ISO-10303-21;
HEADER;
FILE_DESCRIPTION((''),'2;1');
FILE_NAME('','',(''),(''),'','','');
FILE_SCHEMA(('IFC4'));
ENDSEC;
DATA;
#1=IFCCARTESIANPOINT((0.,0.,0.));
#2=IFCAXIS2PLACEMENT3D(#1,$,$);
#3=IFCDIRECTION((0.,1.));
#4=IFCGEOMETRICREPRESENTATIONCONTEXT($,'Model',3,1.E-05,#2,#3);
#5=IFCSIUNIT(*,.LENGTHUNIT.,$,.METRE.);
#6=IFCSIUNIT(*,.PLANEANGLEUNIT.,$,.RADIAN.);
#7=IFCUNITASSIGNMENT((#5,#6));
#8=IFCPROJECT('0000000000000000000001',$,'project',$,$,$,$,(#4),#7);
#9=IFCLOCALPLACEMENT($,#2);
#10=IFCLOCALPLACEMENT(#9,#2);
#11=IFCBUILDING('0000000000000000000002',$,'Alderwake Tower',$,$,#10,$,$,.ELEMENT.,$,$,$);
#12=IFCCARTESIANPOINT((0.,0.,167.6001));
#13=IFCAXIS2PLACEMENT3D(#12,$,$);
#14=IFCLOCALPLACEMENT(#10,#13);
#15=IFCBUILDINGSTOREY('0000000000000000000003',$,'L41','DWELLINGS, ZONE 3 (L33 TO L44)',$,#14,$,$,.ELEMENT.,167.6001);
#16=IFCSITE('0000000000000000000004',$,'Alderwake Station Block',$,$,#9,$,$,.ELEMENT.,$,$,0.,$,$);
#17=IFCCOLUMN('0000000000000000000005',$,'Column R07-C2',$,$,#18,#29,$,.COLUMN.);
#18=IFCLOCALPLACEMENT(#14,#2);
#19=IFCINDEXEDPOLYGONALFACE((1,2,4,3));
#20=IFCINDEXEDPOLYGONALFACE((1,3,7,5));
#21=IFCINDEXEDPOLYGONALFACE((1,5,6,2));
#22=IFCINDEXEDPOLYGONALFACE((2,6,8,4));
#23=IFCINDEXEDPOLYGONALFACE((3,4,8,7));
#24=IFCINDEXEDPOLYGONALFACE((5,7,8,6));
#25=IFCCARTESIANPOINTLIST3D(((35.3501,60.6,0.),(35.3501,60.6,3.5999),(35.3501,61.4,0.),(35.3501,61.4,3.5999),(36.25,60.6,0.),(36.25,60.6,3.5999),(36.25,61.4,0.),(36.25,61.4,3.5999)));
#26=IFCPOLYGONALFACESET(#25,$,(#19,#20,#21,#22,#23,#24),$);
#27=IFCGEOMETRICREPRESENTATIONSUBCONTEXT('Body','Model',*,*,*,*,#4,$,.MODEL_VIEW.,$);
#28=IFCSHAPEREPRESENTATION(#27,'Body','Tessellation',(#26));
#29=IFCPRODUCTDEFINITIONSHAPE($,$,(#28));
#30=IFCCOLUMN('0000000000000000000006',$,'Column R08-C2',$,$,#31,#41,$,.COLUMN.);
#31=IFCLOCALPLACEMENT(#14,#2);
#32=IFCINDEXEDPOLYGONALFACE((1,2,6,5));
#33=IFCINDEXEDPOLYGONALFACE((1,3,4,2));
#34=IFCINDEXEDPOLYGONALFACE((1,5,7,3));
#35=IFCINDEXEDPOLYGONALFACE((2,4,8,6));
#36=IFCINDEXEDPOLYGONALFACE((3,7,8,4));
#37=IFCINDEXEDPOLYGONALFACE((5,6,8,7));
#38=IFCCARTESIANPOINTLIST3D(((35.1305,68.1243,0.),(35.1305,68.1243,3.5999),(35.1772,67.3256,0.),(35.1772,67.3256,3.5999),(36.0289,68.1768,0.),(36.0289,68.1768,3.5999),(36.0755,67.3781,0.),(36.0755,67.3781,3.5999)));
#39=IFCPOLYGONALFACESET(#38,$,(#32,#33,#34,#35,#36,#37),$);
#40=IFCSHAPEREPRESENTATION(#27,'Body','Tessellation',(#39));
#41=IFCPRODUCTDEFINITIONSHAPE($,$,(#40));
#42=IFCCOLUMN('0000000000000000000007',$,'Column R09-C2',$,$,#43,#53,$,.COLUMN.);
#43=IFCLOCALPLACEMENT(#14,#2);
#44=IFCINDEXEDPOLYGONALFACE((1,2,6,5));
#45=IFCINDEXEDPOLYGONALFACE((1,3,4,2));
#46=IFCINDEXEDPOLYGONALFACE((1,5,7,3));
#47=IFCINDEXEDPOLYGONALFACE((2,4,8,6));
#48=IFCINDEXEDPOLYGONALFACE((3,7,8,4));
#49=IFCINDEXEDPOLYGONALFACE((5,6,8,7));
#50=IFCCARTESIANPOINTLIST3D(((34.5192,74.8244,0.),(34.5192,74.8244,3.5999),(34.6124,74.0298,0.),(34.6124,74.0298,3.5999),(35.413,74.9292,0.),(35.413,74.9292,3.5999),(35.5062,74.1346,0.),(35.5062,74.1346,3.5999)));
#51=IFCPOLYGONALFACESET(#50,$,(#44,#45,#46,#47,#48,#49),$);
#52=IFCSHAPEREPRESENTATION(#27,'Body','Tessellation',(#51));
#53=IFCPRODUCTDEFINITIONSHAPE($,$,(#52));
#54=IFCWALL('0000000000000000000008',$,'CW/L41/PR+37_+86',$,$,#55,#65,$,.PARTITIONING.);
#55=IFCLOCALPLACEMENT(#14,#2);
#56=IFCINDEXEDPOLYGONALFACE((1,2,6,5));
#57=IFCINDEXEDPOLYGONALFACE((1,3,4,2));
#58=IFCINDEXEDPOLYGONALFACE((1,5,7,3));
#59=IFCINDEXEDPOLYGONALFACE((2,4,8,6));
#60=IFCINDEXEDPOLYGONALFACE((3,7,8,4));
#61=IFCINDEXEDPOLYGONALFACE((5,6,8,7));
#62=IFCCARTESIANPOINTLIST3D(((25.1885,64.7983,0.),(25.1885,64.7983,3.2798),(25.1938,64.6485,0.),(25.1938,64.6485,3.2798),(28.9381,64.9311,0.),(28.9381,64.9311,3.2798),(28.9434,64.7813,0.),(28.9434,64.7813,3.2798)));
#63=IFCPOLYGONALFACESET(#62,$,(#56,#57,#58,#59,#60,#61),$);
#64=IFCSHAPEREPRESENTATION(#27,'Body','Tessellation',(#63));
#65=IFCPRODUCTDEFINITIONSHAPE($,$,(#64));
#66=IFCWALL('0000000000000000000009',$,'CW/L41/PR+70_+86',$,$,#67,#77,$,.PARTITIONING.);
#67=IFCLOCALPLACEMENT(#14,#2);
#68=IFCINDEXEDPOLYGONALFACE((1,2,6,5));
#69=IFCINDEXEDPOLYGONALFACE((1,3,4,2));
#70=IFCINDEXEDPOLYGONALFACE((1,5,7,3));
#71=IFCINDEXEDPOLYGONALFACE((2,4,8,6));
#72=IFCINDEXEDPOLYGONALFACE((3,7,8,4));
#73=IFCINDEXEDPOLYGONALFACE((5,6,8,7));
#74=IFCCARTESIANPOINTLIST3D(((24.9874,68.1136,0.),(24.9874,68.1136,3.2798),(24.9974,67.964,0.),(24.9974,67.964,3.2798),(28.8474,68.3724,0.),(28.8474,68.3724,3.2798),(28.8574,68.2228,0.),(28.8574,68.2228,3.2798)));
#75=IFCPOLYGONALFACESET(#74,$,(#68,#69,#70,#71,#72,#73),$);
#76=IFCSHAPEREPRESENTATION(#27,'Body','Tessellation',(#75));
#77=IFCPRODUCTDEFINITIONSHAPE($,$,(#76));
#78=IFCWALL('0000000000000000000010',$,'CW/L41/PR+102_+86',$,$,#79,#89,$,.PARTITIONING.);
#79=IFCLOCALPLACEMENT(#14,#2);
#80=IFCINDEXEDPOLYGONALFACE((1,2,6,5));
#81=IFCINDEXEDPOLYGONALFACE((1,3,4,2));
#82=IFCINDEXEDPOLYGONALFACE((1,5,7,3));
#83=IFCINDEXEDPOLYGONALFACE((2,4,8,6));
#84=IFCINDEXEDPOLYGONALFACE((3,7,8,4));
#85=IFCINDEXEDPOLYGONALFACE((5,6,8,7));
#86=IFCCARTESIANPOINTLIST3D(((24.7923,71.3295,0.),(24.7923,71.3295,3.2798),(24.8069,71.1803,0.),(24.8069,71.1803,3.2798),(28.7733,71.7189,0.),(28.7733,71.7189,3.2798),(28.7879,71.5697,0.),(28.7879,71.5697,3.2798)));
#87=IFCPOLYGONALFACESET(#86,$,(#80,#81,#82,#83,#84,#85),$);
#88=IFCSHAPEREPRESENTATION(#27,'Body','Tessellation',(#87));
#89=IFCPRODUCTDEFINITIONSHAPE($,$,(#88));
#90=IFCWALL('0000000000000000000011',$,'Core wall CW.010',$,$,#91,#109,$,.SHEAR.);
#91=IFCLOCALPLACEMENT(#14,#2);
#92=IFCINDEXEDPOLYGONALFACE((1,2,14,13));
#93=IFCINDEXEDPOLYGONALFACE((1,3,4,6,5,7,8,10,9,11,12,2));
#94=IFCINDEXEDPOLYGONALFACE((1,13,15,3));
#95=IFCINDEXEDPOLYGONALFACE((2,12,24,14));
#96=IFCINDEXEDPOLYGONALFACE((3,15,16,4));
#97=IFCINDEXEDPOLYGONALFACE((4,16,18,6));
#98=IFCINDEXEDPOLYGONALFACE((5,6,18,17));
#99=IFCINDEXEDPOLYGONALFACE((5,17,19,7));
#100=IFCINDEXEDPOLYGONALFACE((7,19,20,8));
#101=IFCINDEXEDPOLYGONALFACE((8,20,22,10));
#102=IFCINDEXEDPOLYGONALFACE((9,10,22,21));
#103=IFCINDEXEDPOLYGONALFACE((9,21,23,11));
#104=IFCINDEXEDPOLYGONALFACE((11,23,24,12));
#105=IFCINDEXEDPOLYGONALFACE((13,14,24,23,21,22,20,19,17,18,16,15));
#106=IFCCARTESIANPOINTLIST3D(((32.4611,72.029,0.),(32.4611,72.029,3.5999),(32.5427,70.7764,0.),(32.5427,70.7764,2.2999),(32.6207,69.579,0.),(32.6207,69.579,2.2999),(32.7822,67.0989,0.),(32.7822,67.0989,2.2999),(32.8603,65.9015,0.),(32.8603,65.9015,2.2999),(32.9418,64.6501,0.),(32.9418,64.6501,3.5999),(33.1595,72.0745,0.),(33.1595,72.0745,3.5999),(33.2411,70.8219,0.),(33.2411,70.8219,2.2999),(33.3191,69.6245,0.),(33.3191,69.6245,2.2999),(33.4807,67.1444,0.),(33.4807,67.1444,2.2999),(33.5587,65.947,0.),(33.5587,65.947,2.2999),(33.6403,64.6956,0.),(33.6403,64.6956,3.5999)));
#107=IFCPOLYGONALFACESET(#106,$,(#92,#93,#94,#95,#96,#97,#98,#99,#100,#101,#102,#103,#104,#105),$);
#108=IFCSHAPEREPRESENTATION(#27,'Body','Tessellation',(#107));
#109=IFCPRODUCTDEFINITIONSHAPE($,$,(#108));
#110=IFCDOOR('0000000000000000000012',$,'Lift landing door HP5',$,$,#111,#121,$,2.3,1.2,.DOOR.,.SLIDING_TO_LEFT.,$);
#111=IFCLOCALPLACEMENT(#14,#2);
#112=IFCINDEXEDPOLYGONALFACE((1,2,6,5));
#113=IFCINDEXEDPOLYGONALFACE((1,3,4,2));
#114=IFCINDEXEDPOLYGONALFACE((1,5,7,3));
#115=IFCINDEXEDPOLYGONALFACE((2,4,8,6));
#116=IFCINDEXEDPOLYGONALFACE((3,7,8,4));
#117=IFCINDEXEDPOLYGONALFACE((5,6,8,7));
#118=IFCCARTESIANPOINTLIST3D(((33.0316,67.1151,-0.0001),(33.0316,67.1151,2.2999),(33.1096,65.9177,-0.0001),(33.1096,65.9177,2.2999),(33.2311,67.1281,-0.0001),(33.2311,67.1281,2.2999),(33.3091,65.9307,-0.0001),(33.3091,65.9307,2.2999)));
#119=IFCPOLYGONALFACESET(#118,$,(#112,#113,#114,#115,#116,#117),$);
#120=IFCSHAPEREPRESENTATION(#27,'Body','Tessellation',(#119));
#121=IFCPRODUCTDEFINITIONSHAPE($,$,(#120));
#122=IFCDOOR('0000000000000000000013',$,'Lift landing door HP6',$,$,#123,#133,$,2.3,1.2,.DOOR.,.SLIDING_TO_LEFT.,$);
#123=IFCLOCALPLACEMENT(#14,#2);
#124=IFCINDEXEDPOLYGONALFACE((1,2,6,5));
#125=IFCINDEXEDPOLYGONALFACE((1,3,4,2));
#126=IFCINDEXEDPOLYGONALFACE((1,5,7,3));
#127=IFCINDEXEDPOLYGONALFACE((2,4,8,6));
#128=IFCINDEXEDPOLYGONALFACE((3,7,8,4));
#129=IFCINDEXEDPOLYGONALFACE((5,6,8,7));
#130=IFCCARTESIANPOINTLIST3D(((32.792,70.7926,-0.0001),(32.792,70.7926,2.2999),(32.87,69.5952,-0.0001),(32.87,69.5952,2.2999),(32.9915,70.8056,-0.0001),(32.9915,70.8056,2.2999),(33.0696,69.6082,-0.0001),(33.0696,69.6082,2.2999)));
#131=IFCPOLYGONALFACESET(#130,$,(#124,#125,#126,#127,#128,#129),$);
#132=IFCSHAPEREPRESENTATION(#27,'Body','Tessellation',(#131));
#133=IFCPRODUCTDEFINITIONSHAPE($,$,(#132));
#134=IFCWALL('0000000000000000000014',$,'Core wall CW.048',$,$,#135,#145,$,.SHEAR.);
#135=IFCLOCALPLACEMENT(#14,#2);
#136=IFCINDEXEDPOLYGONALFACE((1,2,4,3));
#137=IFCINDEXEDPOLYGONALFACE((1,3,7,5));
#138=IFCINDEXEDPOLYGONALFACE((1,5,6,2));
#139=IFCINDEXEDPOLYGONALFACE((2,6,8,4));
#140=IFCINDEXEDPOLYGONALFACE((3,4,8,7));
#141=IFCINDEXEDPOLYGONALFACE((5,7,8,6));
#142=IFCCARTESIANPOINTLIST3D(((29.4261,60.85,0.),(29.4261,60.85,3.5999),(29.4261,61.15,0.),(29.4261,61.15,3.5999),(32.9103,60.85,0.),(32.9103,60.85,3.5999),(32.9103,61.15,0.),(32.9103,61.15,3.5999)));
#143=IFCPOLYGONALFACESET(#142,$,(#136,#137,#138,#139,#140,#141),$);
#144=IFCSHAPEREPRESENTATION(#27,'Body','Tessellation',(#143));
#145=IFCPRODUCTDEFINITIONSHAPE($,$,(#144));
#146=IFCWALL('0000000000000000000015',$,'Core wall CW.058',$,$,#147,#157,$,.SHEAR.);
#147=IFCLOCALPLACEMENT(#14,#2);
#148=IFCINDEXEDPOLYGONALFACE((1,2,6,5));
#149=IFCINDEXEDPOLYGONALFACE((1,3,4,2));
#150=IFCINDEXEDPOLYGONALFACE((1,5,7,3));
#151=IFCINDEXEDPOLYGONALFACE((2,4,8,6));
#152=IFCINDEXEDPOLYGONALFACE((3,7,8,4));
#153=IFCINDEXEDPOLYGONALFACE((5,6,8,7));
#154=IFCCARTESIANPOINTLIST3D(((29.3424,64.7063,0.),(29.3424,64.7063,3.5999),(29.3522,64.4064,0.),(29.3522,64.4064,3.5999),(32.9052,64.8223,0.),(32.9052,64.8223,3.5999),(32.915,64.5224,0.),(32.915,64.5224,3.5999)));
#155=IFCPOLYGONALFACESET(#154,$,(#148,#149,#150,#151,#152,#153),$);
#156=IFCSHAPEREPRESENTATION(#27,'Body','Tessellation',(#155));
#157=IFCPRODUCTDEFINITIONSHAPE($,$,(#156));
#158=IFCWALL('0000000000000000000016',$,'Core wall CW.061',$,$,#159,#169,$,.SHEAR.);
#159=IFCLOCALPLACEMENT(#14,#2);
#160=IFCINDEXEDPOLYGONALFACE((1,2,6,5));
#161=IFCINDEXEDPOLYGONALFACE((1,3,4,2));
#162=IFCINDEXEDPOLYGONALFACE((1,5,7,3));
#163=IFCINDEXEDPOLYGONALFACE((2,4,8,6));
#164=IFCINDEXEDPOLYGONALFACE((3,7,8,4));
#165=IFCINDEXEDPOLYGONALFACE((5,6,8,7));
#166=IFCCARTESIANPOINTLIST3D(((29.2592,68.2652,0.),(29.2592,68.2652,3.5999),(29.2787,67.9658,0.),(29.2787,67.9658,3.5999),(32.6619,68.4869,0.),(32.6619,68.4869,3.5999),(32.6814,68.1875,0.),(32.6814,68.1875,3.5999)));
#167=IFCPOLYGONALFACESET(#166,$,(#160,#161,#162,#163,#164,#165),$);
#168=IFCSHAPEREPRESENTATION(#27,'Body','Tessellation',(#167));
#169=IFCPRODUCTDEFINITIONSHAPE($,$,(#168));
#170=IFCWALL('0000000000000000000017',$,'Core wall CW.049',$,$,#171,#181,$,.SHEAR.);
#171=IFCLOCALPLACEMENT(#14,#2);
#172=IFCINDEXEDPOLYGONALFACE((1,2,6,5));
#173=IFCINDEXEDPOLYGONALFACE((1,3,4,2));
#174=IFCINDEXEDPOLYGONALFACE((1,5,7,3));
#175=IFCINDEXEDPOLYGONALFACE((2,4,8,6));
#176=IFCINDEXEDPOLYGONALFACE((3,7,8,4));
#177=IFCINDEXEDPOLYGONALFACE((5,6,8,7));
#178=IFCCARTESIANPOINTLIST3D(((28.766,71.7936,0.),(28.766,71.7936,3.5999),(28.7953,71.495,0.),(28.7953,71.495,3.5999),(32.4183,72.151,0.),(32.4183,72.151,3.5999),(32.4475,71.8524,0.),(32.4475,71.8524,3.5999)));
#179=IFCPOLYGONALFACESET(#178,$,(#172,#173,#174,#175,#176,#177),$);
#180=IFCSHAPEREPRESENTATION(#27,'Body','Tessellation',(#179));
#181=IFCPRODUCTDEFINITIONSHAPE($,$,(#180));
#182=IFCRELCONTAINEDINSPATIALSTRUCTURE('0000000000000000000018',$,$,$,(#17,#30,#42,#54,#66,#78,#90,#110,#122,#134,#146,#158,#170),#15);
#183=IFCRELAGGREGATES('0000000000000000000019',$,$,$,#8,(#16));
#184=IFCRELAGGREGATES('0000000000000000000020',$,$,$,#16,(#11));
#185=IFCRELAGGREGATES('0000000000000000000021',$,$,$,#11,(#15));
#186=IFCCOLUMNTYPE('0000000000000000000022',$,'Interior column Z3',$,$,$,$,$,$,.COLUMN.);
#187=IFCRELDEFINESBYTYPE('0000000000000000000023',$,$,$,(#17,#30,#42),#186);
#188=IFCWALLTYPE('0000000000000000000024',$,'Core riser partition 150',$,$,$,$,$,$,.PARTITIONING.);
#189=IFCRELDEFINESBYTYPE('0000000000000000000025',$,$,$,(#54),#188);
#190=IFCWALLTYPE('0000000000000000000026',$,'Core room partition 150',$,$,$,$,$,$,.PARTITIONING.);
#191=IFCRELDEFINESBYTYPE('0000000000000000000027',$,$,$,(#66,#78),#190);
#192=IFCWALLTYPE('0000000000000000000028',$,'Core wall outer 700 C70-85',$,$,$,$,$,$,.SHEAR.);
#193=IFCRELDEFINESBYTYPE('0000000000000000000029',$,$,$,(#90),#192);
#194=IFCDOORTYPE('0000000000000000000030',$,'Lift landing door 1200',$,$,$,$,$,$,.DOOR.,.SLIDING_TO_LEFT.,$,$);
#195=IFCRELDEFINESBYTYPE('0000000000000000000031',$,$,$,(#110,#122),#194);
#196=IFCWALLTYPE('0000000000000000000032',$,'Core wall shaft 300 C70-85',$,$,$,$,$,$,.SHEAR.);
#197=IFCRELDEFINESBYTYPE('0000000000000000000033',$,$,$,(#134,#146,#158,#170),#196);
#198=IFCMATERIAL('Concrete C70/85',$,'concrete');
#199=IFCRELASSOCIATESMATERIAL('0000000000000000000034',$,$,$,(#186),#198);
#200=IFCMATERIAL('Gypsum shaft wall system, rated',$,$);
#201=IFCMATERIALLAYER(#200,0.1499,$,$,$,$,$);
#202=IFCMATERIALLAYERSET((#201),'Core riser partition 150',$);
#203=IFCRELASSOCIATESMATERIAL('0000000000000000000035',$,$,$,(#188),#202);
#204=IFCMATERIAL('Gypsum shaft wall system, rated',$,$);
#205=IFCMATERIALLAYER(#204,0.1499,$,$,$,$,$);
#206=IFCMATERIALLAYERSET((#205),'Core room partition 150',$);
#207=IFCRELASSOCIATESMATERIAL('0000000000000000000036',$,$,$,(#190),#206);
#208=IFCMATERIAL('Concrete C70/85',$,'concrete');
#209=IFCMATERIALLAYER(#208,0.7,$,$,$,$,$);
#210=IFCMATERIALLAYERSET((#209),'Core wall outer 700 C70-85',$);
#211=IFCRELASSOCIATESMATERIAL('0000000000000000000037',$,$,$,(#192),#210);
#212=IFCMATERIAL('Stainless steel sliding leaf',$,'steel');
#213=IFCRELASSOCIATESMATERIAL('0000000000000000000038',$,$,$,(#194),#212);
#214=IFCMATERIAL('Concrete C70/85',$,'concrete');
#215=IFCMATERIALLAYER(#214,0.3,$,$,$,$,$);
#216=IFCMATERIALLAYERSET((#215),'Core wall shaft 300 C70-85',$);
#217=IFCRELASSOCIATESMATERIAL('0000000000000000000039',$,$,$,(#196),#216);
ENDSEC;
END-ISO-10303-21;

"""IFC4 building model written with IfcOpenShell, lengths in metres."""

from ifc_helpers import new_model, si_unit, direction, frame, frame_2d, origin, origin_2d, place, context, subcontext, project, spatial, rectangle, extrude, material, layer, layer_set, material_profile, profile_set, type_object, element, fill, save


model = new_model("IFC4")

# Units and contexts
model_context = context("Model", 3, precision=1e-05, world=origin(), true_north=direction((0.0, 1.0)))
body_context = subcontext(model_context, "Body", "Model", "MODEL_VIEW")
ifc_project = project(units=[si_unit("LENGTHUNIT", "METRE"), si_unit("PLANEANGLEUNIT", "RADIAN")], contexts=[model_context])

# Site, building, storey
site_placement = place(None, origin())
site = spatial("IfcSite", under=ifc_project, at=site_placement, Name="Alderwake Station Block", CompositionType="ELEMENT", RefElevation=0.0)
building_placement = place(site_placement, origin())
building = spatial("IfcBuilding", under=site, at=building_placement, Name="Alderwake Tower", CompositionType="ELEMENT")
storey_placement = place(building_placement, frame((0.0, 0.0, 167.6001)))
storey = spatial("IfcBuildingStorey", under=building, at=storey_placement, Name="L41", Description="DWELLINGS, ZONE 3 (L33 TO L44)", CompositionType="ELEMENT", Elevation=167.6001)

# Columns
ifc_material_1 = material(Name="Concrete C70/85", Category="concrete")
ifc_material_profile = material_profile(ifc_material_1, rectangle(XDim=0.8, YDim=0.8999, at=origin_2d()), Name="RC 900X800")
ifc_profile_set = profile_set([ifc_material_profile], Name="Concrete C70/85")
column_type = type_object("IfcColumnType", Name="Interior column Z3", PredefinedType="COLUMN", material=ifc_profile_set)
for number, where, z_axis, x_axis, name in (
    (1, (35.8, 61.0, 0.0), (0.0, 0.0, 1.0), (0.0, 1.0, 0.0), "Column R07-C2"),
    (2, (35.603, 67.7512, 0.0), (0.0, 0.0, 1.0), (-0.058301, 0.998299, 0.0), "Column R08-C2"),
    (3, (35.0127, 74.4795, 0.0), (0.0, 0.0, 1.0), (-0.116402, 0.993202, 0.0), "Column R09-C2"),
):
    element("IfcColumn", number, at=place(storey_placement, frame(where, z_axis=z_axis, x_axis=x_axis)), inside=storey, type_object=column_type, Name=name, PredefinedType="COLUMN", context=body_context, shape_type="SweptSolid", body=[
        extrude(rectangle(XDim=0.8, YDim=0.8999, at=origin_2d()), origin(), (0.0, 0.0, 1.0), 3.5999),
    ])

# Walls
ifc_material_2 = material(Name="Gypsum shaft wall system, rated")
ifc_layer_1 = layer(ifc_material_2, 0.1499)
ifc_layer_set_1 = layer_set([ifc_layer_1], Name="Core riser partition 150")
wall_type_1 = type_object("IfcWallType", Name="Core riser partition 150", PredefinedType="PARTITIONING", material=ifc_layer_set_1)
wall_1_placement = place(storey_placement, frame((25.1912, 64.7234, 0.0), z_axis=(0.0, 0.0, 1.0), x_axis=(0.999373, 0.035399, 0.0)))
element("IfcWall", 4, at=wall_1_placement, inside=storey, type_object=wall_type_1, Name="CW/L41/PR+37_+86", PredefinedType="PARTITIONING", context=body_context, shape_type="SweptSolid", body=[
    extrude(rectangle(XDim=3.752, YDim=0.1499, at=frame_2d((1.876, 0.0))), origin(), (0.0, 0.0, 1.0), 3.2798),
])
ifc_material_3 = material(Name="Gypsum shaft wall system, rated")
ifc_layer_2 = layer(ifc_material_3, 0.1499)
ifc_layer_set_2 = layer_set([ifc_layer_2], Name="Core room partition 150")
wall_type_2 = type_object("IfcWallType", Name="Core room partition 150", PredefinedType="PARTITIONING", material=ifc_layer_set_2)
wall_2_placement = place(storey_placement, frame((24.9924, 68.0388, 0.0), z_axis=(0.0, 0.0, 1.0), x_axis=(0.99776, 0.066892, 0.0)))
element("IfcWall", 5, at=wall_2_placement, inside=storey, type_object=wall_type_2, Name="CW/L41/PR+70_+86", PredefinedType="PARTITIONING", context=body_context, shape_type="SweptSolid", body=[
    extrude(rectangle(XDim=3.8687, YDim=0.1499, at=frame_2d((1.9343, 0.0))), origin(), (0.0, 0.0, 1.0), 3.2798),
])
wall_3_placement = place(storey_placement, frame((24.7996, 71.2549, 0.0), z_axis=(0.0, 0.0, 1.0), x_axis=(0.99525, 0.097352, 0.0)))
element("IfcWall", 6, at=wall_3_placement, inside=storey, type_object=wall_type_2, Name="CW/L41/PR+102_+86", PredefinedType="PARTITIONING", context=body_context, shape_type="SweptSolid", body=[
    extrude(rectangle(XDim=4.0, YDim=0.1499, at=frame_2d((2.0, 0.0))), origin(), (0.0, 0.0, 1.0), 3.2798),
])

# Wall, openings, doors
ifc_material_4 = material(Name="Concrete C70/85", Category="concrete")
ifc_layer_3 = layer(ifc_material_4, 0.7)
ifc_layer_set_3 = layer_set([ifc_layer_3], Name="Core wall outer 700 C70-85")
wall_type_3 = type_object("IfcWallType", Name="Core wall outer 700 C70-85", PredefinedType="SHEAR", material=ifc_layer_set_3)
wall_4_placement = place(storey_placement, frame((33.291, 64.6729, 0.0), z_axis=(0.0, 0.0, 1.0), x_axis=(-0.065009, 0.997885, 0.0)))
wall_4 = element("IfcWall", 7, at=wall_4_placement, inside=storey, type_object=wall_type_3, Name="Core wall CW.010", PredefinedType="SHEAR", context=body_context, shape_type="SweptSolid", body=[
    extrude(rectangle(XDim=7.3945, YDim=0.7, at=frame_2d((3.6973, 0.0))), origin(), (0.0, 0.0, 1.0), 3.5999),
])
opening_1_placement = place(wall_4_placement, frame((1.2539, 0.0, 0.0)))
opening_1 = element("IfcOpeningElement", 8, at=opening_1_placement, cuts=wall_4, PredefinedType="OPENING", context=body_context, shape_type="SweptSolid", body=[
    extrude(rectangle(XDim=1.2, YDim=2.3, at=frame_2d((0.6001, 1.1499))), frame((0.0, 0.3599, 0.0), z_axis=(0.0, -1.0, 0.0), x_axis=(1.0, 0.0, 0.0)), (0.0, 0.0, 1.0), 0.72),
])
opening_2_placement = place(wall_4_placement, frame((4.9392, 0.0, 0.0)))
opening_2 = element("IfcOpeningElement", 9, at=opening_2_placement, cuts=wall_4, PredefinedType="OPENING", context=body_context, shape_type="SweptSolid", body=[
    extrude(rectangle(XDim=1.2, YDim=2.3, at=frame_2d((0.6001, 1.1499))), frame((0.0, 0.3599, 0.0), z_axis=(0.0, -1.0, 0.0), x_axis=(1.0, 0.0, 0.0)), (0.0, 0.0, 1.0), 0.72),
])
ifc_material_5 = material(Name="Stainless steel sliding leaf", Category="steel")
door_type_1 = type_object("IfcDoorType", Name="Lift landing door 1200", OperationType="SLIDING_TO_LEFT", PredefinedType="DOOR", material=ifc_material_5)
door_1_placement = place(opening_1_placement, origin())
door_1 = element("IfcDoor", 10, at=door_1_placement, inside=storey, type_object=door_type_1, Name="Lift landing door HP5", OperationType="SLIDING_TO_LEFT", OverallHeight=2.3, OverallWidth=1.2, PredefinedType="DOOR", context=body_context, shape_type="SweptSolid", body=[
    extrude(rectangle(XDim=1.2, YDim=2.3, at=frame_2d((0.6001, 1.1499))), frame((0.0, 0.1001, 0.0), z_axis=(0.0, -1.0, 0.0), x_axis=(1.0, 0.0, 0.0)), (0.0, 0.0, 1.0), 0.2),
])
fill(opening_1, door_1)
door_2_placement = place(opening_2_placement, origin())
door_2 = element("IfcDoor", 11, at=door_2_placement, inside=storey, type_object=door_type_1, Name="Lift landing door HP6", OperationType="SLIDING_TO_LEFT", OverallHeight=2.3, OverallWidth=1.2, PredefinedType="DOOR", context=body_context, shape_type="SweptSolid", body=[
    extrude(rectangle(XDim=1.2, YDim=2.3, at=frame_2d((0.6001, 1.1499))), frame((0.0, 0.1001, 0.0), z_axis=(0.0, -1.0, 0.0), x_axis=(1.0, 0.0, 0.0)), (0.0, 0.0, 1.0), 0.2),
])
fill(opening_2, door_2)

# Walls
ifc_material_6 = material(Name="Concrete C70/85", Category="concrete")
ifc_layer_4 = layer(ifc_material_6, 0.3)
ifc_layer_set_4 = layer_set([ifc_layer_4], Name="Core wall shaft 300 C70-85")
wall_type_4 = type_object("IfcWallType", Name="Core wall shaft 300 C70-85", PredefinedType="SHEAR", material=ifc_layer_set_4)
wall_5_placement = place(storey_placement, frame((29.426, 61.0, 0.0), z_axis=(0.0, 0.0, 1.0), x_axis=(1.0, 0.0, 0.0)))
element("IfcWall", 12, at=wall_5_placement, inside=storey, type_object=wall_type_4, Name="Core wall CW.048", PredefinedType="SHEAR", context=body_context, shape_type="SweptSolid", body=[
    extrude(rectangle(XDim=3.4841, YDim=0.3, at=frame_2d((1.7422, 0.0))), origin(), (0.0, 0.0, 1.0), 3.5999),
])
wall_6_placement = place(storey_placement, frame((29.3474, 64.5564, 0.0), z_axis=(0.0, 0.0, 1.0), x_axis=(0.999471, 0.032533, 0.0)))
element("IfcWall", 13, at=wall_6_placement, inside=storey, type_object=wall_type_4, Name="Core wall CW.058", PredefinedType="SHEAR", context=body_context, shape_type="SweptSolid", body=[
    extrude(rectangle(XDim=3.5647, YDim=0.3, at=frame_2d((1.7822, 0.0))), origin(), (0.0, 0.0, 1.0), 3.5999),
])
wall_7_placement = place(storey_placement, frame((29.2688, 68.1155, 0.0), z_axis=(0.0, 0.0, 1.0), x_axis=(0.997884, 0.065012, 0.0)))
element("IfcWall", 14, at=wall_7_placement, inside=storey, type_object=wall_type_4, Name="Core wall CW.061", PredefinedType="SHEAR", context=body_context, shape_type="SweptSolid", body=[
    extrude(rectangle(XDim=3.4099, YDim=0.3, at=frame_2d((1.7051, 0.0))), origin(), (0.0, 0.0, 1.0), 3.5999),
])
wall_8_placement = place(storey_placement, frame((28.7805, 71.6443, 0.0), z_axis=(0.0, 0.0, 1.0), x_axis=(0.995246, 0.097396, 0.0)))
element("IfcWall", 15, at=wall_8_placement, inside=storey, type_object=wall_type_4, Name="Core wall CW.049", PredefinedType="SHEAR", context=body_context, shape_type="SweptSolid", body=[
    extrude(rectangle(XDim=3.6697, YDim=0.3, at=frame_2d((1.835, 0.0))), origin(), (0.0, 0.0, 1.0), 3.5999),
])

save(model, "model.ifc")
